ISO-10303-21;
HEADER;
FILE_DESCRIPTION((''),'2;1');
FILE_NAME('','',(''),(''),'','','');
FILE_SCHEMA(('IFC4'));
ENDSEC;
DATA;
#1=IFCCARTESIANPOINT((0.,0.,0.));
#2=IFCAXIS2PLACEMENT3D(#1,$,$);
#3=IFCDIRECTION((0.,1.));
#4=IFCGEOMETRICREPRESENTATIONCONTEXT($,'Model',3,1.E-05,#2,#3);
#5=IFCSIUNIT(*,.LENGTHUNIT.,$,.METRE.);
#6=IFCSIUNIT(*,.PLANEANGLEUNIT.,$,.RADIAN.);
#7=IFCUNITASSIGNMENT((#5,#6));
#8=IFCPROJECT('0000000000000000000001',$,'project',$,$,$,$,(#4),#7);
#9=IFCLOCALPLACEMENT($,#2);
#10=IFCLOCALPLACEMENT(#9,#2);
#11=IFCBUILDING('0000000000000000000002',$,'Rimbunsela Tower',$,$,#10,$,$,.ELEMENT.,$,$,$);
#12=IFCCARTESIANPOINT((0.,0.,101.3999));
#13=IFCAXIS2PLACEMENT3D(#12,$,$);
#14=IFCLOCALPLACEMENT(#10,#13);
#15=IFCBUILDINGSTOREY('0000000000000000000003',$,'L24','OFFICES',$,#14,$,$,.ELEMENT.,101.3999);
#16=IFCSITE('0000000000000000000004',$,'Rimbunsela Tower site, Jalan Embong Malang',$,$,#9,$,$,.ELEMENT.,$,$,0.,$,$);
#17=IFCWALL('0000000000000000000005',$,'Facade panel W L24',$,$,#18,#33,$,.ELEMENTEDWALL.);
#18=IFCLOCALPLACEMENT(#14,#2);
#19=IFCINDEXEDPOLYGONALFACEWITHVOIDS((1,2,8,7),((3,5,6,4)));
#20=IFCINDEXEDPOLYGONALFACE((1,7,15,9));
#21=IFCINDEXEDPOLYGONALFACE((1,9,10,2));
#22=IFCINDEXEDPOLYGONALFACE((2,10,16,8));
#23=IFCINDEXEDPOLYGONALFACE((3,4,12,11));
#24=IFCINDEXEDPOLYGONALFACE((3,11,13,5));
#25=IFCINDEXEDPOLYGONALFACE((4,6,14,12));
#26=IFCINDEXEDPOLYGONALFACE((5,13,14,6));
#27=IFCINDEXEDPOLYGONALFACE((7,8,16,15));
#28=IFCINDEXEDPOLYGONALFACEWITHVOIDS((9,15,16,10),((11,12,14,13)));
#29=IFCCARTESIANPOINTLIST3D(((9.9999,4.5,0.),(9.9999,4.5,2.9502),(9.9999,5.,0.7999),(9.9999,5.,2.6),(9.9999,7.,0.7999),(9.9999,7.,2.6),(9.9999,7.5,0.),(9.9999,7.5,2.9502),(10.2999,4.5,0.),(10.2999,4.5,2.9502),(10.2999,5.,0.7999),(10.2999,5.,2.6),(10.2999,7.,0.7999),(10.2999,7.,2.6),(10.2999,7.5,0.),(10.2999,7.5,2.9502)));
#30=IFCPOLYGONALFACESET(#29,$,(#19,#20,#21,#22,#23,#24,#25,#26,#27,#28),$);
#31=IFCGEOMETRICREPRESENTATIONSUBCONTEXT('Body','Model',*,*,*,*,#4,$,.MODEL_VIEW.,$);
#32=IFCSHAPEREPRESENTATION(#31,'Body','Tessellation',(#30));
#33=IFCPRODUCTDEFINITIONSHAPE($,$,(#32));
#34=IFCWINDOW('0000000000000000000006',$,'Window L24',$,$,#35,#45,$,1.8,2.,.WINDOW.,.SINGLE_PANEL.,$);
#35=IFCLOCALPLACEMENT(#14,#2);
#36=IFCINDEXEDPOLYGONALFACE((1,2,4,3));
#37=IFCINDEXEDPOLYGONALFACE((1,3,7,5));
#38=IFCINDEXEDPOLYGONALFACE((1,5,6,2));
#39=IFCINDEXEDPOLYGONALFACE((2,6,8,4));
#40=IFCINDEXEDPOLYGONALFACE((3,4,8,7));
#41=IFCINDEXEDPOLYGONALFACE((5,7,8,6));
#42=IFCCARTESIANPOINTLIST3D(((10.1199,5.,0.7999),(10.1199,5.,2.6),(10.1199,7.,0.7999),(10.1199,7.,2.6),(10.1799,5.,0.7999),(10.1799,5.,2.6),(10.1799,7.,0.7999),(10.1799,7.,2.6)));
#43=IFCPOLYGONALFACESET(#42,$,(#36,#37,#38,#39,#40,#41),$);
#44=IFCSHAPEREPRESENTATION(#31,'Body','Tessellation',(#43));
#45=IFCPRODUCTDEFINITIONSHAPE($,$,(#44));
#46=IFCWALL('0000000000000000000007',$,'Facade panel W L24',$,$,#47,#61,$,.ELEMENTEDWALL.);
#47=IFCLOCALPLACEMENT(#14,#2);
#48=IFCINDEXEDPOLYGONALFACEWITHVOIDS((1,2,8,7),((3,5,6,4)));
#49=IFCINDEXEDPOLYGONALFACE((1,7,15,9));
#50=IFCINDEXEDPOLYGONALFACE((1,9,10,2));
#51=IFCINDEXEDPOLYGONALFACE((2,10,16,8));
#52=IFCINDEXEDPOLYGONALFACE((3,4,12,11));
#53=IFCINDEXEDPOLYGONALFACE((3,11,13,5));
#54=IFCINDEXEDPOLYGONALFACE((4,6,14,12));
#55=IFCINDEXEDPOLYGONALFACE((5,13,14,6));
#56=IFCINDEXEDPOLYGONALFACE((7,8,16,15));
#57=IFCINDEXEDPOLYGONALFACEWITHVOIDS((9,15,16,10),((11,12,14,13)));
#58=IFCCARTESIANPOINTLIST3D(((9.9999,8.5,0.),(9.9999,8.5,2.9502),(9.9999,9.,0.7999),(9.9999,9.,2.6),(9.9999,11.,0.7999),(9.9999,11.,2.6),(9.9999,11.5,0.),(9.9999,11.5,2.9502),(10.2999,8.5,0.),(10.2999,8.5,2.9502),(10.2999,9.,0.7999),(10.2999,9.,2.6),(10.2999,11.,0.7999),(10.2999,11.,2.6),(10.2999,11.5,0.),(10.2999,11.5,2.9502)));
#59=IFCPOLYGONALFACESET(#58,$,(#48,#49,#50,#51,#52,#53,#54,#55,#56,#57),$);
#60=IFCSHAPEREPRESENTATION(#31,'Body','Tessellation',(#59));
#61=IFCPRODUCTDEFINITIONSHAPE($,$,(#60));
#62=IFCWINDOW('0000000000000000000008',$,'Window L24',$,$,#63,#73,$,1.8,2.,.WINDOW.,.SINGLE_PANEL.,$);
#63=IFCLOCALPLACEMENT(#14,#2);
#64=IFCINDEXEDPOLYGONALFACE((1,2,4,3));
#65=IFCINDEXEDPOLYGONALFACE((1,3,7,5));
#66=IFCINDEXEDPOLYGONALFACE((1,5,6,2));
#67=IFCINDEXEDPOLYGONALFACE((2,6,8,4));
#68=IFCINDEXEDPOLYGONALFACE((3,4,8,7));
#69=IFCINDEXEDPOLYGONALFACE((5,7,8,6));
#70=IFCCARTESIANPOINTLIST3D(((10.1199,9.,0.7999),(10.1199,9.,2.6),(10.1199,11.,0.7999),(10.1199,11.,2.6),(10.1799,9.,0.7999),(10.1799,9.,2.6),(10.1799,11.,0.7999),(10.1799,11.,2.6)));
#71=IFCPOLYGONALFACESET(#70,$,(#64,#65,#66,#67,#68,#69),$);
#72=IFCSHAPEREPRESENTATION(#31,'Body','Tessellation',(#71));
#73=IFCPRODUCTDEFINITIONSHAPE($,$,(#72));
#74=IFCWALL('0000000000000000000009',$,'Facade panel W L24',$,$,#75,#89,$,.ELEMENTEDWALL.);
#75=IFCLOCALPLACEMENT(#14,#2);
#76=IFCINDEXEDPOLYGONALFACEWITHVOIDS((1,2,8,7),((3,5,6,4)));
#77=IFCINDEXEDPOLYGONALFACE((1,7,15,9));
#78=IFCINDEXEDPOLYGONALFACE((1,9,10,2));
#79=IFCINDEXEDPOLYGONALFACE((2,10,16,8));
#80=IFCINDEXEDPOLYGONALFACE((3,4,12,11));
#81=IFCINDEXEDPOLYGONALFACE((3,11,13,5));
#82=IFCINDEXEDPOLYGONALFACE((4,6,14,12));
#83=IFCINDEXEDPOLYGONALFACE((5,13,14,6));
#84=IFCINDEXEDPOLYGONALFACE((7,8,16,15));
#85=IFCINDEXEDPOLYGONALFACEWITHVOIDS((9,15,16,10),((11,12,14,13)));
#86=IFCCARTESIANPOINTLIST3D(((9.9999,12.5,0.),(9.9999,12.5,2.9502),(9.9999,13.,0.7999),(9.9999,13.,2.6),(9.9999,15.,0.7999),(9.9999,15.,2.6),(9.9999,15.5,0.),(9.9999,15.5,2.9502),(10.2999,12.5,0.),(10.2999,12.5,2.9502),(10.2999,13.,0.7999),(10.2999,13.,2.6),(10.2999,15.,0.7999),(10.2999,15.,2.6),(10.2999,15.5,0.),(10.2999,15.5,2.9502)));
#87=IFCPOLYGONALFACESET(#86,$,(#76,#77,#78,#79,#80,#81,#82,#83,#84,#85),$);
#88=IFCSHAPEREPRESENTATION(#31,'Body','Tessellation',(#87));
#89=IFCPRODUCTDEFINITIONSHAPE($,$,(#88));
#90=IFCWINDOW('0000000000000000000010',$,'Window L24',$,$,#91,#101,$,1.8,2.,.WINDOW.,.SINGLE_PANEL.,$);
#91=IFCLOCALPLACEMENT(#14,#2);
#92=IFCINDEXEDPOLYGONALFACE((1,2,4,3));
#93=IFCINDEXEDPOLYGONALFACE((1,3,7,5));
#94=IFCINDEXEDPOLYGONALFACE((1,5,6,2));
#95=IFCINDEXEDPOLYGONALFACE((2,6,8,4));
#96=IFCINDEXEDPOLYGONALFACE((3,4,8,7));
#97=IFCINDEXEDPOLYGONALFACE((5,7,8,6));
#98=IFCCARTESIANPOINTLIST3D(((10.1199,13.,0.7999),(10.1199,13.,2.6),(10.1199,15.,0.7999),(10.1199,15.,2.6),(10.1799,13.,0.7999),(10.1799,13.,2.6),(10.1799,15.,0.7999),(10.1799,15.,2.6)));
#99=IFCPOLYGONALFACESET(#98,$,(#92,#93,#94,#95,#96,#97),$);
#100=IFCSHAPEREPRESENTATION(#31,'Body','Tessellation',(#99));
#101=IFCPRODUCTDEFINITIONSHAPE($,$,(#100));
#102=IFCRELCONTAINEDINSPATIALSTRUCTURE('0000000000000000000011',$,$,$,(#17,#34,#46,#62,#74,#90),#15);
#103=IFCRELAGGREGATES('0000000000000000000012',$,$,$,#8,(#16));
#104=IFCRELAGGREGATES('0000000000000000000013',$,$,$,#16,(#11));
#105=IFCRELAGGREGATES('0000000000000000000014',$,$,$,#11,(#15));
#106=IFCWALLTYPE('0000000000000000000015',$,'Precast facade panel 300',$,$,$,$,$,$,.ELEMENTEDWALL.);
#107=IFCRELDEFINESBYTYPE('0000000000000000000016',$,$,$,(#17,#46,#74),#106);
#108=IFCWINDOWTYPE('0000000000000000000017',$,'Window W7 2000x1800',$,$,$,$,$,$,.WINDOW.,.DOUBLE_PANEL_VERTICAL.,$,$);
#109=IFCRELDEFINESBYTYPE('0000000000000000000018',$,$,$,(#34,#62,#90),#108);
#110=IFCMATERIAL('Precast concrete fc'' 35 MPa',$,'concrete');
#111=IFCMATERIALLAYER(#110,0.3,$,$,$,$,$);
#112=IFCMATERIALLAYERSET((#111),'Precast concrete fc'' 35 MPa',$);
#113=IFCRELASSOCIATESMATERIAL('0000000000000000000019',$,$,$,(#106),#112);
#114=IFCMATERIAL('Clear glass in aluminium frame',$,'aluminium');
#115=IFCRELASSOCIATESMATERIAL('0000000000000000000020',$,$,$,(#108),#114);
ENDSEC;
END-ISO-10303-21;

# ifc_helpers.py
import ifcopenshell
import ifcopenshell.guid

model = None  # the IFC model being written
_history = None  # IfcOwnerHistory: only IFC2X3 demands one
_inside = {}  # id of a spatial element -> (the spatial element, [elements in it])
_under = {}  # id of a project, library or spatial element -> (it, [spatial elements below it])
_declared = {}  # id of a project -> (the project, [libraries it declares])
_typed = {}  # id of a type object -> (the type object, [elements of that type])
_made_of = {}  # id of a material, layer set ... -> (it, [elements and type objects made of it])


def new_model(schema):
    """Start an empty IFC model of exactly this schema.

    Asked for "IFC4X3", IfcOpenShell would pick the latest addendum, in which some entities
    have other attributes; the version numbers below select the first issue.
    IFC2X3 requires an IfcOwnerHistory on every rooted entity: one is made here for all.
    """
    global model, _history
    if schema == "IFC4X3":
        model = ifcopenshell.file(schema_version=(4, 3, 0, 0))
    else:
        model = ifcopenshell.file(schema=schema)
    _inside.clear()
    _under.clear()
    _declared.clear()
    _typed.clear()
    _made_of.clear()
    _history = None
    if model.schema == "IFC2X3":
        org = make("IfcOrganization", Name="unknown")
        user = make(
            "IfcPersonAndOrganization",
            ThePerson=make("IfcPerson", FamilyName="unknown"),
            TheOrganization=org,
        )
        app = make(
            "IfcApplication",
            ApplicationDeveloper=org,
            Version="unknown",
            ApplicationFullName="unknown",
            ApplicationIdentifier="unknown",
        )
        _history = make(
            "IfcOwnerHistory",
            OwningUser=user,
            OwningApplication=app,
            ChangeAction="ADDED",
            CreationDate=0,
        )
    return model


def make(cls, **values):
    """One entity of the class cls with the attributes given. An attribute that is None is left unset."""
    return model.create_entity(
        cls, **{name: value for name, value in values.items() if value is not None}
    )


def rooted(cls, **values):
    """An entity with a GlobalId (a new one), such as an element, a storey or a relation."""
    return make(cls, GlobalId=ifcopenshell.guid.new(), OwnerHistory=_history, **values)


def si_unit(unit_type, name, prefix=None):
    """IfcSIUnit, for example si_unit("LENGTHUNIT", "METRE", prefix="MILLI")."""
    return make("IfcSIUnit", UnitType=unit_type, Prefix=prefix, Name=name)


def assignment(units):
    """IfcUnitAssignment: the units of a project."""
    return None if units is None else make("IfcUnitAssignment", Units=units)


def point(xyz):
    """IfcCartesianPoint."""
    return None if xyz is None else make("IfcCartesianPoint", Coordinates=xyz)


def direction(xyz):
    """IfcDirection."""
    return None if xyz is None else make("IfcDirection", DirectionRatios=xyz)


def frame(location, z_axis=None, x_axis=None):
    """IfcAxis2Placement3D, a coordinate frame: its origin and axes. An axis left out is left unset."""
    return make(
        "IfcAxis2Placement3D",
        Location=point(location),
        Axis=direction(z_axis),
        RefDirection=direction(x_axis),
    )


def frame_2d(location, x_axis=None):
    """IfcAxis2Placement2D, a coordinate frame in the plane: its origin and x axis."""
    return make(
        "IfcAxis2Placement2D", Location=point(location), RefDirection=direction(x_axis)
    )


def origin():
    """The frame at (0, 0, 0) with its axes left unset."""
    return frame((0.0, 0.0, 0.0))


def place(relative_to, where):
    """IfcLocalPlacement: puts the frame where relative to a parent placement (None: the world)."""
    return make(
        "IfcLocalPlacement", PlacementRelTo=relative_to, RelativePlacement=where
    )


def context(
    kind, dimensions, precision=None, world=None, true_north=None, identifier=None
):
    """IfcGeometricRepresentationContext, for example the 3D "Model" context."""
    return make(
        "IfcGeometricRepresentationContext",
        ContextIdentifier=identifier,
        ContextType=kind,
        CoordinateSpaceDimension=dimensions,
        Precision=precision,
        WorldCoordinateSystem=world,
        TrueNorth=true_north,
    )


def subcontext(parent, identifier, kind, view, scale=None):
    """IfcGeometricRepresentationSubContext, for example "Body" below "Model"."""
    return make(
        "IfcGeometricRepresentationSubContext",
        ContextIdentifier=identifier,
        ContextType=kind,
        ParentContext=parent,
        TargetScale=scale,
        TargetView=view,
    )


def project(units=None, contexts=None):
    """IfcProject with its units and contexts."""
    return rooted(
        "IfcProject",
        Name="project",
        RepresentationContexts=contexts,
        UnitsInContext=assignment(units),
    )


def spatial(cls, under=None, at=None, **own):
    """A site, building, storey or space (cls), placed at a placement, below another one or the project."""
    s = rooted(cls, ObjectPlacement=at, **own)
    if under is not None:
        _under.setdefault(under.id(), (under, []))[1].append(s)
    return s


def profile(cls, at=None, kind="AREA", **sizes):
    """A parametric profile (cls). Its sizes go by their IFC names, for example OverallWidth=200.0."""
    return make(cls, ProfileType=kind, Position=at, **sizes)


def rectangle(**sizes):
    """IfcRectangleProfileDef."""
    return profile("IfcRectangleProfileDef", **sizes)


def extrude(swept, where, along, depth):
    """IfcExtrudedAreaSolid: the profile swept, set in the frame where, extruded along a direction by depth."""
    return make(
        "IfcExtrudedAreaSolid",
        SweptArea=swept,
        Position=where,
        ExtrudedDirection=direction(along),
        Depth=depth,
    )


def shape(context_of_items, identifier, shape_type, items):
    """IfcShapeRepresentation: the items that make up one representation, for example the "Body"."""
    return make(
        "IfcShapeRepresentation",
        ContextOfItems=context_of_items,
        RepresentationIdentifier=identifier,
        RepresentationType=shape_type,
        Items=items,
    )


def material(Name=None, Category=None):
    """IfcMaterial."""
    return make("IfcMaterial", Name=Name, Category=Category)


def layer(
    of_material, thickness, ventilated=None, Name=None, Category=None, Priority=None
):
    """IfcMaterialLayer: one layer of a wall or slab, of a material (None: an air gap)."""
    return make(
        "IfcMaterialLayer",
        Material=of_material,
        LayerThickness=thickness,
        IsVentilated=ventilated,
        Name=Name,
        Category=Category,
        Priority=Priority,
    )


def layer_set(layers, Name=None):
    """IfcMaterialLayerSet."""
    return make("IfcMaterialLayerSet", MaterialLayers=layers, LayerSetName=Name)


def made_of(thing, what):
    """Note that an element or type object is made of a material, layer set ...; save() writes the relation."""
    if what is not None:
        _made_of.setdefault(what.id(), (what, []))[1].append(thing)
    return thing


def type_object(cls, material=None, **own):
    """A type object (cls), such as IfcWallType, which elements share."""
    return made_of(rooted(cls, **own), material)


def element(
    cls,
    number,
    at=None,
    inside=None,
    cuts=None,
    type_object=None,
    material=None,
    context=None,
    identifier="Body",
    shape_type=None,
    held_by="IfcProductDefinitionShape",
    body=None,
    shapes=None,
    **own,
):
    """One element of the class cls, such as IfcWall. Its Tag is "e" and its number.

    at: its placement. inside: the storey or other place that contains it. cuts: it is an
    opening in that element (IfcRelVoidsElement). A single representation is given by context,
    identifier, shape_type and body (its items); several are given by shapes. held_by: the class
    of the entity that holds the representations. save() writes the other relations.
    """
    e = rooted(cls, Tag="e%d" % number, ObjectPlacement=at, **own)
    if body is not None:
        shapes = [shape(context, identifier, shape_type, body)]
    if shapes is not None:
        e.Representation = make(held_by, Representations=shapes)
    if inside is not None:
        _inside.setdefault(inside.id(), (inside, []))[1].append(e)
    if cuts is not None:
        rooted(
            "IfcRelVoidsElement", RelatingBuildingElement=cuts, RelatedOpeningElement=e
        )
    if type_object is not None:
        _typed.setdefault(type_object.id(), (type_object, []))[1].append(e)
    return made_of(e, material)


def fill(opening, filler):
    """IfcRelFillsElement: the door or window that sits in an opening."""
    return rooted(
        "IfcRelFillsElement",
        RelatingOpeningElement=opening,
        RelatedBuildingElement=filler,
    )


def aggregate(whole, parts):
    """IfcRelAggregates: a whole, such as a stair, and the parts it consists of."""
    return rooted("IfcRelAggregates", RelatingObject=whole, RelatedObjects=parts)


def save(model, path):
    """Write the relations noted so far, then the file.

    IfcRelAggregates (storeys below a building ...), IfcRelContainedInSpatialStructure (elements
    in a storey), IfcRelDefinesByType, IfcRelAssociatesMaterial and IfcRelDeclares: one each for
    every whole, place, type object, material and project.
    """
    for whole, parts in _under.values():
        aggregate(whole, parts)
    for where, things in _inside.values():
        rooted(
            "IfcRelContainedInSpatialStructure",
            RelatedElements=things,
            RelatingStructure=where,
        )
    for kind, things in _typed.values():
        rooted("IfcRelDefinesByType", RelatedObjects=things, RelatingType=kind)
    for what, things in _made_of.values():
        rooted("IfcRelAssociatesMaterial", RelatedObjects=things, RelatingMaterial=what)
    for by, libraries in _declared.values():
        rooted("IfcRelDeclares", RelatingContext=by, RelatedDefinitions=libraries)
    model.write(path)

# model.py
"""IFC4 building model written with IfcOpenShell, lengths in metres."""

from ifc_helpers import new_model, si_unit, direction, frame, frame_2d, origin, place, context, subcontext, project, spatial, rectangle, extrude, material, layer, layer_set, type_object, element, fill, save


model = new_model("IFC4")

# Units and contexts
model_context = context("Model", 3, precision=1e-05, world=origin(), true_north=direction((0.0, 1.0)))
body_context = subcontext(model_context, "Body", "Model", "MODEL_VIEW")
ifc_project = project(units=[si_unit("LENGTHUNIT", "METRE"), si_unit("PLANEANGLEUNIT", "RADIAN")], contexts=[model_context])

# Site, building, storey
site_placement = place(None, origin())
site = spatial("IfcSite", under=ifc_project, at=site_placement, Name="Rimbunsela Tower site, Jalan Embong Malang", CompositionType="ELEMENT", RefElevation=0.0)
building_placement = place(site_placement, origin())
building = spatial("IfcBuilding", under=site, at=building_placement, Name="Rimbunsela Tower", CompositionType="ELEMENT")
storey_placement = place(building_placement, frame((0.0, 0.0, 101.3999)))
storey = spatial("IfcBuildingStorey", under=building, at=storey_placement, Name="L24", Description="OFFICES", CompositionType="ELEMENT", Elevation=101.3999)

# Shared definitions
ifc_material_1 = material(Name="Precast concrete fc' 35 MPa", Category="concrete")
ifc_layer = layer(ifc_material_1, 0.3)
ifc_layer_set = layer_set([ifc_layer], Name="Precast concrete fc' 35 MPa")
wall_type = type_object("IfcWallType", Name="Precast facade panel 300", PredefinedType="ELEMENTEDWALL", material=ifc_layer_set)

# Walls, openings, windows
wall_1_placement = place(storey_placement, frame((10.1499, 7.5, 0.0), z_axis=(0.0, 0.0, 1.0), x_axis=(0.0, -1.0, 0.0)))
wall_1 = element("IfcWall", 1, at=wall_1_placement, inside=storey, type_object=wall_type, Name="Facade panel W L24", PredefinedType="ELEMENTEDWALL", context=body_context, shape_type="SweptSolid", body=[
    extrude(rectangle(XDim=3.0, YDim=0.3, at=frame_2d((1.5, 0.0))), origin(), (0.0, 0.0, 1.0), 2.9502),
])
opening_1_placement = place(wall_1_placement, frame((0.5, 0.0, 0.8)))
opening_1 = element("IfcOpeningElement", 2, at=opening_1_placement, cuts=wall_1, PredefinedType="OPENING", context=body_context, shape_type="SweptSolid", body=[
    extrude(rectangle(XDim=2.0, YDim=1.8, at=frame_2d((1.0, 0.8999))), frame((0.0, 0.1599, 0.0), z_axis=(0.0, -1.0, 0.0), x_axis=(1.0, 0.0, 0.0)), (0.0, 0.0, 1.0), 0.3201),
])
ifc_material_2 = material(Name="Clear glass in aluminium frame", Category="aluminium")
window_type = type_object("IfcWindowType", Name="Window W7 2000x1800", PartitioningType="DOUBLE_PANEL_VERTICAL", PredefinedType="WINDOW", material=ifc_material_2)
window_1_placement = place(opening_1_placement, origin())
window_1 = element("IfcWindow", 3, at=window_1_placement, inside=storey, type_object=window_type, Name="Window L24", OverallHeight=1.8, OverallWidth=2.0, PartitioningType="SINGLE_PANEL", PredefinedType="WINDOW", context=body_context, shape_type="SweptSolid", body=[
    extrude(rectangle(XDim=2.0, YDim=1.8, at=frame_2d((1.0, 0.8999))), frame((0.0, 0.03, 0.0), z_axis=(0.0, -1.0, 0.0), x_axis=(1.0, 0.0, 0.0)), (0.0, 0.0, 1.0), 0.0601),
])
fill(opening_1, window_1)
wall_2_placement = place(storey_placement, frame((10.1499, 11.5, 0.0), z_axis=(0.0, 0.0, 1.0), x_axis=(0.0, -1.0, 0.0)))
wall_2 = element("IfcWall", 4, at=wall_2_placement, inside=storey, type_object=wall_type, Name="Facade panel W L24", PredefinedType="ELEMENTEDWALL", context=body_context, shape_type="SweptSolid", body=[
    extrude(rectangle(XDim=3.0, YDim=0.3, at=frame_2d((1.5, 0.0))), origin(), (0.0, 0.0, 1.0), 2.9502),
])
opening_2_placement = place(wall_2_placement, frame((0.5, 0.0, 0.8)))
opening_2 = element("IfcOpeningElement", 5, at=opening_2_placement, cuts=wall_2, PredefinedType="OPENING", context=body_context, shape_type="SweptSolid", body=[
    extrude(rectangle(XDim=2.0, YDim=1.8, at=frame_2d((1.0, 0.8999))), frame((0.0, 0.1599, 0.0), z_axis=(0.0, -1.0, 0.0), x_axis=(1.0, 0.0, 0.0)), (0.0, 0.0, 1.0), 0.3201),
])
window_2_placement = place(opening_2_placement, origin())
window_2 = element("IfcWindow", 6, at=window_2_placement, inside=storey, type_object=window_type, Name="Window L24", OverallHeight=1.8, OverallWidth=2.0, PartitioningType="SINGLE_PANEL", PredefinedType="WINDOW", context=body_context, shape_type="SweptSolid", body=[
    extrude(rectangle(XDim=2.0, YDim=1.8, at=frame_2d((1.0, 0.8999))), frame((0.0, 0.03, 0.0), z_axis=(0.0, -1.0, 0.0), x_axis=(1.0, 0.0, 0.0)), (0.0, 0.0, 1.0), 0.0601),
])
fill(opening_2, window_2)
wall_3_placement = place(storey_placement, frame((10.1499, 15.5, 0.0), z_axis=(0.0, 0.0, 1.0), x_axis=(0.0, -1.0, 0.0)))
wall_3 = element("IfcWall", 7, at=wall_3_placement, inside=storey, type_object=wall_type, Name="Facade panel W L24", PredefinedType="ELEMENTEDWALL", context=body_context, shape_type="SweptSolid", body=[
    extrude(rectangle(XDim=3.0, YDim=0.3, at=frame_2d((1.5, 0.0))), origin(), (0.0, 0.0, 1.0), 2.9502),
])
opening_3_placement = place(wall_3_placement, frame((0.5, 0.0, 0.8)))
opening_3 = element("IfcOpeningElement", 8, at=opening_3_placement, cuts=wall_3, PredefinedType="OPENING", context=body_context, shape_type="SweptSolid", body=[
    extrude(rectangle(XDim=2.0, YDim=1.8, at=frame_2d((1.0, 0.8999))), frame((0.0, 0.1599, 0.0), z_axis=(0.0, -1.0, 0.0), x_axis=(1.0, 0.0, 0.0)), (0.0, 0.0, 1.0), 0.3201),
])
window_3_placement = place(opening_3_placement, origin())
window_3 = element("IfcWindow", 9, at=window_3_placement, inside=storey, type_object=window_type, Name="Window L24", OverallHeight=1.8, OverallWidth=2.0, PartitioningType="SINGLE_PANEL", PredefinedType="WINDOW", context=body_context, shape_type="SweptSolid", body=[
    extrude(rectangle(XDim=2.0, YDim=1.8, at=frame_2d((1.0, 0.8999))), frame((0.0, 0.03, 0.0), z_axis=(0.0, -1.0, 0.0), x_axis=(1.0, 0.0, 0.0)), (0.0, 0.0, 1.0), 0.0601),
])
fill(opening_3, window_3)

save(model, "model.ifc")
